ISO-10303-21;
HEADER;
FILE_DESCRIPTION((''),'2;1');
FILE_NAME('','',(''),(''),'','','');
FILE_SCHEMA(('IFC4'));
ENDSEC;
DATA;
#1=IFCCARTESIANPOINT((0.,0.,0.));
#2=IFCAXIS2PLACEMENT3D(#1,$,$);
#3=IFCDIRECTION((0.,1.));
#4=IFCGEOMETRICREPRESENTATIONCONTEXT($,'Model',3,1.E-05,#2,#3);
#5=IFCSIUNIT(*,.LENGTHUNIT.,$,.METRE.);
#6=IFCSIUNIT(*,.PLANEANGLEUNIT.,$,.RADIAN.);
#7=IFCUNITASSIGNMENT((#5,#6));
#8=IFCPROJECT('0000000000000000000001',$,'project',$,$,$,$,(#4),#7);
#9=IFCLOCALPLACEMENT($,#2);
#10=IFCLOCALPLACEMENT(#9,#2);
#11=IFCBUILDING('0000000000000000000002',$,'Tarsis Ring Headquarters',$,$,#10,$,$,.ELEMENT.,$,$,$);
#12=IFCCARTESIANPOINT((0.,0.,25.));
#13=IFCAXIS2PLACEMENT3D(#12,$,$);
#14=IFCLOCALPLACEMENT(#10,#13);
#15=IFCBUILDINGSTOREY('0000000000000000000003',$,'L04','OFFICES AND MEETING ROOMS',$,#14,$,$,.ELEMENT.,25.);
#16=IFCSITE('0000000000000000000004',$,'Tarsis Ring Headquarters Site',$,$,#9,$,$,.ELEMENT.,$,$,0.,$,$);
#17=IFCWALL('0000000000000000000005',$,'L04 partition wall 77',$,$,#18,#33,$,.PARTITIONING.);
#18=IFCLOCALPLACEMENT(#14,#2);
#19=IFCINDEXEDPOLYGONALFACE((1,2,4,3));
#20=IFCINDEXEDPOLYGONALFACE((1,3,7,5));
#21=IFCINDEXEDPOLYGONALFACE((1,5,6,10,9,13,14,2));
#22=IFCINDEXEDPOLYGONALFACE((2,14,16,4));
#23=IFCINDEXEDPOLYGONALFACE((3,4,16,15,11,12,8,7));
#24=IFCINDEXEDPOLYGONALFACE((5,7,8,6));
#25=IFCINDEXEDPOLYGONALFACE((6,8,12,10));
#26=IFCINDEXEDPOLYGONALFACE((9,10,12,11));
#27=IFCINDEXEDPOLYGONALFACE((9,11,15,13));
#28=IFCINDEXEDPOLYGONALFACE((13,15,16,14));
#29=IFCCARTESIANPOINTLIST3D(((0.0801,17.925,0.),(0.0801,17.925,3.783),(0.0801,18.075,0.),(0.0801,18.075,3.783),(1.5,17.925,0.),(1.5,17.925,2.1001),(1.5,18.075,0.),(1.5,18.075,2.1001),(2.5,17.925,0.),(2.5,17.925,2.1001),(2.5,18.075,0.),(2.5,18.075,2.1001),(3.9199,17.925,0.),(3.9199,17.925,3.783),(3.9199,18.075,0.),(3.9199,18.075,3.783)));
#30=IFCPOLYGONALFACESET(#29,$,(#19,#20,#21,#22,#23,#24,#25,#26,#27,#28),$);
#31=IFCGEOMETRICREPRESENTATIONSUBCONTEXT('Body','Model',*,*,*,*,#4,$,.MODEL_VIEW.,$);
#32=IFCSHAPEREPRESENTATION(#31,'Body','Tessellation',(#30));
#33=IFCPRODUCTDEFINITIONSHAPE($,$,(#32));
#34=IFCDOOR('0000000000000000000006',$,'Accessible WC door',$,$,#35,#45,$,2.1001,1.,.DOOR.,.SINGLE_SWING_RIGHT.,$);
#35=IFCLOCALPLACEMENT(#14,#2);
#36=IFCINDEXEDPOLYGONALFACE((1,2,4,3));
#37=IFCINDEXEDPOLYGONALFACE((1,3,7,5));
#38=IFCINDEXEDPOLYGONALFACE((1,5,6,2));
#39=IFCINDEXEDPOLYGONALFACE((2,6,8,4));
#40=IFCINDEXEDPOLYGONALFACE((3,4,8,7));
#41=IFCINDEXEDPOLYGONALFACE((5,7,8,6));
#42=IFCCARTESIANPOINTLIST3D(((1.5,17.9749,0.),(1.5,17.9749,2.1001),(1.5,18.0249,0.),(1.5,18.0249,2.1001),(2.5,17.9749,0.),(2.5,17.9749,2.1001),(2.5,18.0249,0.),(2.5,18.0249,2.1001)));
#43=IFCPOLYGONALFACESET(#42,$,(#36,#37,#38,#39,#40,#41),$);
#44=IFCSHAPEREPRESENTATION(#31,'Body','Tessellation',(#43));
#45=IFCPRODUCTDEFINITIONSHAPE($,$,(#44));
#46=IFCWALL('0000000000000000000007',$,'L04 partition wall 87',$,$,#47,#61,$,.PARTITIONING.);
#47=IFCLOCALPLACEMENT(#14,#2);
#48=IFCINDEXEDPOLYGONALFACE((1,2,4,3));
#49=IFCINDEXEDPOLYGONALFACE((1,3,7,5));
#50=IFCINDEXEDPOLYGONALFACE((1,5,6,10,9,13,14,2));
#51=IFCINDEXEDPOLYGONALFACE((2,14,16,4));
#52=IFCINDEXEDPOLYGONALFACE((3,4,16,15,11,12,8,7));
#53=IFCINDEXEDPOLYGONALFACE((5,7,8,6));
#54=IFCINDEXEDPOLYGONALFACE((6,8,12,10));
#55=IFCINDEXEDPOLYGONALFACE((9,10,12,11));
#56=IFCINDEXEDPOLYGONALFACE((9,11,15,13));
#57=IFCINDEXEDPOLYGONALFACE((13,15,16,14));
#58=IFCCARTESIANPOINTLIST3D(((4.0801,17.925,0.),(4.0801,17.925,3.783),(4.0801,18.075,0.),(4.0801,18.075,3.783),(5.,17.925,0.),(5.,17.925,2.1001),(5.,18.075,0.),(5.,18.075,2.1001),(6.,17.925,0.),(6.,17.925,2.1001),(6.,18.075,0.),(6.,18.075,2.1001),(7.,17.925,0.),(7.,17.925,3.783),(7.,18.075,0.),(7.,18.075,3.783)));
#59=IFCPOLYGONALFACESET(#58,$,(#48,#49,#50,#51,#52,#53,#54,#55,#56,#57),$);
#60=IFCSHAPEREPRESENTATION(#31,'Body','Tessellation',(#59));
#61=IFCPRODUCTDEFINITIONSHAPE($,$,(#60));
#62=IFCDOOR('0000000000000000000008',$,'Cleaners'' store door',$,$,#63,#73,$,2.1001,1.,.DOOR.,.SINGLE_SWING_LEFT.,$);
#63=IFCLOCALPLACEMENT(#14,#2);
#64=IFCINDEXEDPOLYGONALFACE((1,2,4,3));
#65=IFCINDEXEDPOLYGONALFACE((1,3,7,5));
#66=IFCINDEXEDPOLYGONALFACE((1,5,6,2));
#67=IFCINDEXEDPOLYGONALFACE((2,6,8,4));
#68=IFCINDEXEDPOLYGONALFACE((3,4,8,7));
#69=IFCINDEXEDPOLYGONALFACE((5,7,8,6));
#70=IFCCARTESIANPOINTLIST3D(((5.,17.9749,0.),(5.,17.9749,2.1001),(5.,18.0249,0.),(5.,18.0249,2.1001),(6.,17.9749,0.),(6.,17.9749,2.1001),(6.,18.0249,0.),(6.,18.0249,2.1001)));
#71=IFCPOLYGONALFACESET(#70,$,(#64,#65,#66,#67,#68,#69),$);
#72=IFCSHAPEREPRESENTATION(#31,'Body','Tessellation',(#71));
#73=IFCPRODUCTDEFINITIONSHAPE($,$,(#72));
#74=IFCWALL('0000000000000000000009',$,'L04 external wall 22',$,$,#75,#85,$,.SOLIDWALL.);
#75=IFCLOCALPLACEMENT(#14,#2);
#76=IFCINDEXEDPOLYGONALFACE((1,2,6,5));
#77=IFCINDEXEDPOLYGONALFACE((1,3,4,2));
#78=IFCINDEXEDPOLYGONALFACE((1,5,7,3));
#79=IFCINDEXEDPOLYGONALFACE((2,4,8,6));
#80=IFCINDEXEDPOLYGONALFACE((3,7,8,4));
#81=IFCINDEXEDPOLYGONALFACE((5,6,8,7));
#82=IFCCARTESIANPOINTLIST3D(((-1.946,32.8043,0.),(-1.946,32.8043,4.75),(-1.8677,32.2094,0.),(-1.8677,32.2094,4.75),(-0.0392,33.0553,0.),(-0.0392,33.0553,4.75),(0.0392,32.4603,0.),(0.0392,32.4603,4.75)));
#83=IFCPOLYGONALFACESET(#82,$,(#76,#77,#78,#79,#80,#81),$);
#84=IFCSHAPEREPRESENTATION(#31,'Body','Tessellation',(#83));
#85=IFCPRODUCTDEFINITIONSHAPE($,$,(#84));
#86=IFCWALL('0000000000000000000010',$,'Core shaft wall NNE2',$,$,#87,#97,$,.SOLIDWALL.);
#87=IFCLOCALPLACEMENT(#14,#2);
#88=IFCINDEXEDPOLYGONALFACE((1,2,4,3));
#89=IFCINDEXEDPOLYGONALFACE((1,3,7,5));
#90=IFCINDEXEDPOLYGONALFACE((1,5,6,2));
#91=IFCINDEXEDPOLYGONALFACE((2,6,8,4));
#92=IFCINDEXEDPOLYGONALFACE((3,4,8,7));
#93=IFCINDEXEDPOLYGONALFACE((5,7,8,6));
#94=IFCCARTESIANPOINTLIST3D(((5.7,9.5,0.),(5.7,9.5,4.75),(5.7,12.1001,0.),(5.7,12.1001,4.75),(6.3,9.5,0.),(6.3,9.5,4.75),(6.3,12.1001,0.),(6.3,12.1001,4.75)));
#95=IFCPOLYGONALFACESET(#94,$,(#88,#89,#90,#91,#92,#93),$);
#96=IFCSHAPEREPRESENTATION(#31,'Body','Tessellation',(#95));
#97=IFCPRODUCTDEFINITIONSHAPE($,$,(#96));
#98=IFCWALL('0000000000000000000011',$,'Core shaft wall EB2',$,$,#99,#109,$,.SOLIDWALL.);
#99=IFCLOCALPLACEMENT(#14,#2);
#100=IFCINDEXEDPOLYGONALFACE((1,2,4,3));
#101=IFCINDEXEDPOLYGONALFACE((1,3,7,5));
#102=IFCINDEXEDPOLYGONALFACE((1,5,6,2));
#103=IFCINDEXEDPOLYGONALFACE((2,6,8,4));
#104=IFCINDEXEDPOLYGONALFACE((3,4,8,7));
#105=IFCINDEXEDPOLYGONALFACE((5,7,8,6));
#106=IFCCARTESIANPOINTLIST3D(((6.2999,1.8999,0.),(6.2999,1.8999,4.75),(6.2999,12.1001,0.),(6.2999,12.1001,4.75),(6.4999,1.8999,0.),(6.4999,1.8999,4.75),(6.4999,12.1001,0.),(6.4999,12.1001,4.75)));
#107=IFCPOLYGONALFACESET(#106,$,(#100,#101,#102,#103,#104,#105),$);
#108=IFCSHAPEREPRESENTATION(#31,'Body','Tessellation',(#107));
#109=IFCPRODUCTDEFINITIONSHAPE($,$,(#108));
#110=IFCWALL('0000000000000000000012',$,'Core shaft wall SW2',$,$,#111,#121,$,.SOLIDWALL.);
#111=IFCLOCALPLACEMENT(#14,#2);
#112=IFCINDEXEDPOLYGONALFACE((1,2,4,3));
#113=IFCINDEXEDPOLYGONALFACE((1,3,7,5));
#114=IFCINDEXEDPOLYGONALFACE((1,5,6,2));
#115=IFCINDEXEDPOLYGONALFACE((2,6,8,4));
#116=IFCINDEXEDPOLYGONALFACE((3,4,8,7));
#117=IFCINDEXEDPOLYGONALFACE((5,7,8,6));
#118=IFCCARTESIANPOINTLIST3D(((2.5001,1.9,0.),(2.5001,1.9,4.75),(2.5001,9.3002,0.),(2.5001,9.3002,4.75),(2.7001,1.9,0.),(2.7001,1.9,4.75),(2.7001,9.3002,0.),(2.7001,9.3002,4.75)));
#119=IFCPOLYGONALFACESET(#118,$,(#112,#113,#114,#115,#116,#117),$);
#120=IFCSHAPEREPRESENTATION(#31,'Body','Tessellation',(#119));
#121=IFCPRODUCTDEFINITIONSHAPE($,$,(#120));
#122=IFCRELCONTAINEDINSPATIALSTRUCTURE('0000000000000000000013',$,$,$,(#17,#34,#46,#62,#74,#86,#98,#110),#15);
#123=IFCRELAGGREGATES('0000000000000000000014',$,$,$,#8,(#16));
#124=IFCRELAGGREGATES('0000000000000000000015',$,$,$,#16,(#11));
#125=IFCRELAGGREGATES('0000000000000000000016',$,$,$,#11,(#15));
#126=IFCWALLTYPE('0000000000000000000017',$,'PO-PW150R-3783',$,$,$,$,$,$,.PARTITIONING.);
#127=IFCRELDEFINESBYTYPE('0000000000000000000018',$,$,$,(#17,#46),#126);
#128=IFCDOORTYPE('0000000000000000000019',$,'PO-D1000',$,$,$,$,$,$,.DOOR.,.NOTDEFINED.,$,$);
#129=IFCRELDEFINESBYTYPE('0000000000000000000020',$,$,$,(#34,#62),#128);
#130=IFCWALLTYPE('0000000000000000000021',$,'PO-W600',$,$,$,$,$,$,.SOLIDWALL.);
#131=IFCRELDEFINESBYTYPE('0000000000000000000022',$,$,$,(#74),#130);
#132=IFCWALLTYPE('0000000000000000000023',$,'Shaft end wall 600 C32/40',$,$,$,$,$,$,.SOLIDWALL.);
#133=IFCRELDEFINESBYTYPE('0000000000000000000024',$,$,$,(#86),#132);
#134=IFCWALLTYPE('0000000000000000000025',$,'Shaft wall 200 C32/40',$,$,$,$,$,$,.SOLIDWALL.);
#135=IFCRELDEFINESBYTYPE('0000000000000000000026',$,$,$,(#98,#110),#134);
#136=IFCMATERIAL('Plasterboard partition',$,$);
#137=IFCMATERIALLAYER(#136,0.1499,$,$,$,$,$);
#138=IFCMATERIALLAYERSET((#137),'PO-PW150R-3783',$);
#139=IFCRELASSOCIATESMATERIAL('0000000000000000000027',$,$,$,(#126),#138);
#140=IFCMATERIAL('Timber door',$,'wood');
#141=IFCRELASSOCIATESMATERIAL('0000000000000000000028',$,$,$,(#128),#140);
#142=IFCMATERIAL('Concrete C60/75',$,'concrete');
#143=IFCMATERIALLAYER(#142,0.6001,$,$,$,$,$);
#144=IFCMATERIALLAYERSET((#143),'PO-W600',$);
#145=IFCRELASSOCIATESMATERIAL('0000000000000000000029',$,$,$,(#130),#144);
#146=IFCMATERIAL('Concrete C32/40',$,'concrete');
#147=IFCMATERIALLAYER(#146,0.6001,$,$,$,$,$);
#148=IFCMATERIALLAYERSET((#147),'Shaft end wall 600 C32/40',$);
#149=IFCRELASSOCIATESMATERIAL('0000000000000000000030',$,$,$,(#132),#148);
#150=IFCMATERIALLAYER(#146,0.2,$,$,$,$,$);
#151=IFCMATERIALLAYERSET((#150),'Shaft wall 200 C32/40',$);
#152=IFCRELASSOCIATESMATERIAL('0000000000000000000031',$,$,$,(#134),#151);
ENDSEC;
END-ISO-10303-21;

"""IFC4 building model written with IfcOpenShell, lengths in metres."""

from ifc_helpers import new_model, si_unit, direction, frame, frame_2d, origin, place, context, subcontext, project, spatial, rectangle, extrude, material, layer, layer_set, type_object, element, fill, save


model = new_model("IFC4")

# Units and contexts
model_context = context("Model", 3, precision=1e-05, world=origin(), true_north=direction((0.0, 1.0)))
body_context = subcontext(model_context, "Body", "Model", "MODEL_VIEW")
ifc_project = project(units=[si_unit("LENGTHUNIT", "METRE"), si_unit("PLANEANGLEUNIT", "RADIAN")], contexts=[model_context])

# Site, building, storey
site_placement = place(None, origin())
site = spatial("IfcSite", under=ifc_project, at=site_placement, Name="Tarsis Ring Headquarters Site", CompositionType="ELEMENT", RefElevation=0.0)
building_placement = place(site_placement, origin())
building = spatial("IfcBuilding", under=site, at=building_placement, Name="Tarsis Ring Headquarters", CompositionType="ELEMENT")
storey_placement = place(building_placement, frame((0.0, 0.0, 25.0)))
storey = spatial("IfcBuildingStorey", under=building, at=storey_placement, Name="L04", Description="OFFICES AND MEETING ROOMS", CompositionType="ELEMENT", Elevation=25.0)

# Shared definitions
ifc_material_1 = material(Name="Plasterboard partition")
ifc_layer_1 = layer(ifc_material_1, 0.1499)
ifc_layer_set_1 = layer_set([ifc_layer_1], Name="PO-PW150R-3783")
wall_type_1 = type_object("IfcWallType", Name="PO-PW150R-3783", PredefinedType="PARTITIONING", material=ifc_layer_set_1)

# Walls, openings, doors
wall_1_placement = place(storey_placement, frame((0.0801, 18.0, 0.0), z_axis=(0.0, 0.0, 1.0), x_axis=(1.0, 0.0, 0.0)))
wall_1 = element("IfcWall", 1, at=wall_1_placement, inside=storey, type_object=wall_type_1, Name="L04 partition wall 77", PredefinedType="PARTITIONING", context=body_context, shape_type="SweptSolid", body=[
    extrude(rectangle(XDim=3.8398, YDim=0.1499, at=frame_2d((1.9199, 0.0))), origin(), (0.0, 0.0, 1.0), 3.783),
])
opening_1_placement = place(wall_1_placement, frame((1.4199, 0.0, 0.0)))
opening_1 = element("IfcOpeningElement", 2, at=opening_1_placement, cuts=wall_1, PredefinedType="OPENING", context=body_context, shape_type="SweptSolid", body=[
    extrude(rectangle(XDim=1.0, YDim=2.1001, at=frame_2d((0.5, 1.05))), frame((0.0, 0.085, 0.0), z_axis=(0.0, -1.0, 0.0), x_axis=(1.0, 0.0, 0.0)), (0.0, 0.0, 1.0), 0.1699),
])
ifc_material_2 = material(Name="Timber door", Category="wood")
door_type = type_object("IfcDoorType", Name="PO-D1000", OperationType="NOTDEFINED", PredefinedType="DOOR", material=ifc_material_2)
door_1_placement = place(opening_1_placement, origin())
door_1 = element("IfcDoor", 3, at=door_1_placement, inside=storey, type_object=door_type, Name="Accessible WC door", OperationType="SINGLE_SWING_RIGHT", OverallHeight=2.1001, OverallWidth=1.0, PredefinedType="DOOR", context=body_context, shape_type="SweptSolid", body=[
    extrude(rectangle(XDim=1.0, YDim=2.1001, at=frame_2d((0.5, 1.05))), frame((0.0, 0.0249, 0.0), z_axis=(0.0, -1.0, 0.0), x_axis=(1.0, 0.0, 0.0)), (0.0, 0.0, 1.0), 0.05),
])
fill(opening_1, door_1)
wall_2_placement = place(storey_placement, frame((4.0801, 18.0, 0.0), z_axis=(0.0, 0.0, 1.0), x_axis=(1.0, 0.0, 0.0)))
wall_2 = element("IfcWall", 4, at=wall_2_placement, inside=storey, type_object=wall_type_1, Name="L04 partition wall 87", PredefinedType="PARTITIONING", context=body_context, shape_type="SweptSolid", body=[
    extrude(rectangle(XDim=2.9199, YDim=0.1499, at=frame_2d((1.46, 0.0))), origin(), (0.0, 0.0, 1.0), 3.783),
])
opening_2_placement = place(wall_2_placement, frame((0.9199, 0.0, 0.0)))
opening_2 = element("IfcOpeningElement", 5, at=opening_2_placement, cuts=wall_2, PredefinedType="OPENING", context=body_context, shape_type="SweptSolid", body=[
    extrude(rectangle(XDim=1.0, YDim=2.1001, at=frame_2d((0.5, 1.05))), frame((0.0, 0.085, 0.0), z_axis=(0.0, -1.0, 0.0), x_axis=(1.0, 0.0, 0.0)), (0.0, 0.0, 1.0), 0.1699),
])
door_2_placement = place(opening_2_placement, origin())
door_2 = element("IfcDoor", 6, at=door_2_placement, inside=storey, type_object=door_type, Name="Cleaners' store door", OperationType="SINGLE_SWING_LEFT", OverallHeight=2.1001, OverallWidth=1.0, PredefinedType="DOOR", context=body_context, shape_type="SweptSolid", body=[
    extrude(rectangle(XDim=1.0, YDim=2.1001, at=frame_2d((0.5, 1.05))), frame((0.0, 0.0249, 0.0), z_axis=(0.0, -1.0, 0.0), x_axis=(1.0, 0.0, 0.0)), (0.0, 0.0, 1.0), 0.05),
])
fill(opening_2, door_2)

# Walls
ifc_material_3 = material(Name="Concrete C60/75", Category="concrete")
ifc_layer_2 = layer(ifc_material_3, 0.6001)
ifc_layer_set_2 = layer_set([ifc_layer_2], Name="PO-W600")
wall_type_2 = type_object("IfcWallType", Name="PO-W600", PredefinedType="SOLIDWALL", material=ifc_layer_set_2)
wall_3_placement = place(storey_placement, frame((0.0, 32.7578, 0.0), z_axis=(0.0, 0.0, 1.0), x_axis=(-0.99145, -0.130484, 0.0)))
element("IfcWall", 7, at=wall_3_placement, inside=storey, type_object=wall_type_2, Name="L04 external wall 22", PredefinedType="SOLIDWALL", context=body_context, shape_type="SweptSolid", body=[
    extrude(rectangle(XDim=1.9233, YDim=0.6001, at=frame_2d((0.9617, 0.0))), origin(), (0.0, 0.0, 1.0), 4.75),
])
ifc_material_4 = material(Name="Concrete C32/40", Category="concrete")
ifc_layer_3 = layer(ifc_material_4, 0.6001)
ifc_layer_set_3 = layer_set([ifc_layer_3], Name="Shaft end wall 600 C32/40")
wall_type_3 = type_object("IfcWallType", Name="Shaft end wall 600 C32/40", PredefinedType="SOLIDWALL", material=ifc_layer_set_3)
wall_4_placement = place(storey_placement, frame((6.0, 9.5, 0.0), z_axis=(0.0, 0.0, 1.0), x_axis=(0.0, 1.0, 0.0)))
element("IfcWall", 8, at=wall_4_placement, inside=storey, type_object=wall_type_3, Name="Core shaft wall NNE2", PredefinedType="SOLIDWALL", context=body_context, shape_type="SweptSolid", body=[
    extrude(rectangle(XDim=2.6001, YDim=0.6001, at=frame_2d((1.3, 0.0))), origin(), (0.0, 0.0, 1.0), 4.75),
])
ifc_layer_4 = layer(ifc_material_4, 0.2)
ifc_layer_set_4 = layer_set([ifc_layer_4], Name="Shaft wall 200 C32/40")
wall_type_4 = type_object("IfcWallType", Name="Shaft wall 200 C32/40", PredefinedType="SOLIDWALL", material=ifc_layer_set_4)
wall_5_placement = place(storey_placement, frame((6.3999, 1.8999, 0.0), z_axis=(0.0, 0.0, 1.0), x_axis=(0.0, 1.0, 0.0)))
element("IfcWall", 9, at=wall_5_placement, inside=storey, type_object=wall_type_4, Name="Core shaft wall EB2", PredefinedType="SOLIDWALL", context=body_context, shape_type="SweptSolid", body=[
    extrude(rectangle(XDim=10.2002, YDim=0.2, at=frame_2d((5.1001, 0.0))), origin(), (0.0, 0.0, 1.0), 4.75),
])
wall_6_placement = place(storey_placement, frame((2.6001, 1.8999, 0.0), z_axis=(0.0, 0.0, 1.0), x_axis=(0.0, 1.0, 0.0)))
element("IfcWall", 10, at=wall_6_placement, inside=storey, type_object=wall_type_4, Name="Core shaft wall SW2", PredefinedType="SOLIDWALL", context=body_context, shape_type="SweptSolid", body=[
    extrude(rectangle(XDim=7.4001, YDim=0.2, at=frame_2d((3.7002, 0.0))), origin(), (0.0, 0.0, 1.0), 4.75),
])

save(model, "model.ifc")
